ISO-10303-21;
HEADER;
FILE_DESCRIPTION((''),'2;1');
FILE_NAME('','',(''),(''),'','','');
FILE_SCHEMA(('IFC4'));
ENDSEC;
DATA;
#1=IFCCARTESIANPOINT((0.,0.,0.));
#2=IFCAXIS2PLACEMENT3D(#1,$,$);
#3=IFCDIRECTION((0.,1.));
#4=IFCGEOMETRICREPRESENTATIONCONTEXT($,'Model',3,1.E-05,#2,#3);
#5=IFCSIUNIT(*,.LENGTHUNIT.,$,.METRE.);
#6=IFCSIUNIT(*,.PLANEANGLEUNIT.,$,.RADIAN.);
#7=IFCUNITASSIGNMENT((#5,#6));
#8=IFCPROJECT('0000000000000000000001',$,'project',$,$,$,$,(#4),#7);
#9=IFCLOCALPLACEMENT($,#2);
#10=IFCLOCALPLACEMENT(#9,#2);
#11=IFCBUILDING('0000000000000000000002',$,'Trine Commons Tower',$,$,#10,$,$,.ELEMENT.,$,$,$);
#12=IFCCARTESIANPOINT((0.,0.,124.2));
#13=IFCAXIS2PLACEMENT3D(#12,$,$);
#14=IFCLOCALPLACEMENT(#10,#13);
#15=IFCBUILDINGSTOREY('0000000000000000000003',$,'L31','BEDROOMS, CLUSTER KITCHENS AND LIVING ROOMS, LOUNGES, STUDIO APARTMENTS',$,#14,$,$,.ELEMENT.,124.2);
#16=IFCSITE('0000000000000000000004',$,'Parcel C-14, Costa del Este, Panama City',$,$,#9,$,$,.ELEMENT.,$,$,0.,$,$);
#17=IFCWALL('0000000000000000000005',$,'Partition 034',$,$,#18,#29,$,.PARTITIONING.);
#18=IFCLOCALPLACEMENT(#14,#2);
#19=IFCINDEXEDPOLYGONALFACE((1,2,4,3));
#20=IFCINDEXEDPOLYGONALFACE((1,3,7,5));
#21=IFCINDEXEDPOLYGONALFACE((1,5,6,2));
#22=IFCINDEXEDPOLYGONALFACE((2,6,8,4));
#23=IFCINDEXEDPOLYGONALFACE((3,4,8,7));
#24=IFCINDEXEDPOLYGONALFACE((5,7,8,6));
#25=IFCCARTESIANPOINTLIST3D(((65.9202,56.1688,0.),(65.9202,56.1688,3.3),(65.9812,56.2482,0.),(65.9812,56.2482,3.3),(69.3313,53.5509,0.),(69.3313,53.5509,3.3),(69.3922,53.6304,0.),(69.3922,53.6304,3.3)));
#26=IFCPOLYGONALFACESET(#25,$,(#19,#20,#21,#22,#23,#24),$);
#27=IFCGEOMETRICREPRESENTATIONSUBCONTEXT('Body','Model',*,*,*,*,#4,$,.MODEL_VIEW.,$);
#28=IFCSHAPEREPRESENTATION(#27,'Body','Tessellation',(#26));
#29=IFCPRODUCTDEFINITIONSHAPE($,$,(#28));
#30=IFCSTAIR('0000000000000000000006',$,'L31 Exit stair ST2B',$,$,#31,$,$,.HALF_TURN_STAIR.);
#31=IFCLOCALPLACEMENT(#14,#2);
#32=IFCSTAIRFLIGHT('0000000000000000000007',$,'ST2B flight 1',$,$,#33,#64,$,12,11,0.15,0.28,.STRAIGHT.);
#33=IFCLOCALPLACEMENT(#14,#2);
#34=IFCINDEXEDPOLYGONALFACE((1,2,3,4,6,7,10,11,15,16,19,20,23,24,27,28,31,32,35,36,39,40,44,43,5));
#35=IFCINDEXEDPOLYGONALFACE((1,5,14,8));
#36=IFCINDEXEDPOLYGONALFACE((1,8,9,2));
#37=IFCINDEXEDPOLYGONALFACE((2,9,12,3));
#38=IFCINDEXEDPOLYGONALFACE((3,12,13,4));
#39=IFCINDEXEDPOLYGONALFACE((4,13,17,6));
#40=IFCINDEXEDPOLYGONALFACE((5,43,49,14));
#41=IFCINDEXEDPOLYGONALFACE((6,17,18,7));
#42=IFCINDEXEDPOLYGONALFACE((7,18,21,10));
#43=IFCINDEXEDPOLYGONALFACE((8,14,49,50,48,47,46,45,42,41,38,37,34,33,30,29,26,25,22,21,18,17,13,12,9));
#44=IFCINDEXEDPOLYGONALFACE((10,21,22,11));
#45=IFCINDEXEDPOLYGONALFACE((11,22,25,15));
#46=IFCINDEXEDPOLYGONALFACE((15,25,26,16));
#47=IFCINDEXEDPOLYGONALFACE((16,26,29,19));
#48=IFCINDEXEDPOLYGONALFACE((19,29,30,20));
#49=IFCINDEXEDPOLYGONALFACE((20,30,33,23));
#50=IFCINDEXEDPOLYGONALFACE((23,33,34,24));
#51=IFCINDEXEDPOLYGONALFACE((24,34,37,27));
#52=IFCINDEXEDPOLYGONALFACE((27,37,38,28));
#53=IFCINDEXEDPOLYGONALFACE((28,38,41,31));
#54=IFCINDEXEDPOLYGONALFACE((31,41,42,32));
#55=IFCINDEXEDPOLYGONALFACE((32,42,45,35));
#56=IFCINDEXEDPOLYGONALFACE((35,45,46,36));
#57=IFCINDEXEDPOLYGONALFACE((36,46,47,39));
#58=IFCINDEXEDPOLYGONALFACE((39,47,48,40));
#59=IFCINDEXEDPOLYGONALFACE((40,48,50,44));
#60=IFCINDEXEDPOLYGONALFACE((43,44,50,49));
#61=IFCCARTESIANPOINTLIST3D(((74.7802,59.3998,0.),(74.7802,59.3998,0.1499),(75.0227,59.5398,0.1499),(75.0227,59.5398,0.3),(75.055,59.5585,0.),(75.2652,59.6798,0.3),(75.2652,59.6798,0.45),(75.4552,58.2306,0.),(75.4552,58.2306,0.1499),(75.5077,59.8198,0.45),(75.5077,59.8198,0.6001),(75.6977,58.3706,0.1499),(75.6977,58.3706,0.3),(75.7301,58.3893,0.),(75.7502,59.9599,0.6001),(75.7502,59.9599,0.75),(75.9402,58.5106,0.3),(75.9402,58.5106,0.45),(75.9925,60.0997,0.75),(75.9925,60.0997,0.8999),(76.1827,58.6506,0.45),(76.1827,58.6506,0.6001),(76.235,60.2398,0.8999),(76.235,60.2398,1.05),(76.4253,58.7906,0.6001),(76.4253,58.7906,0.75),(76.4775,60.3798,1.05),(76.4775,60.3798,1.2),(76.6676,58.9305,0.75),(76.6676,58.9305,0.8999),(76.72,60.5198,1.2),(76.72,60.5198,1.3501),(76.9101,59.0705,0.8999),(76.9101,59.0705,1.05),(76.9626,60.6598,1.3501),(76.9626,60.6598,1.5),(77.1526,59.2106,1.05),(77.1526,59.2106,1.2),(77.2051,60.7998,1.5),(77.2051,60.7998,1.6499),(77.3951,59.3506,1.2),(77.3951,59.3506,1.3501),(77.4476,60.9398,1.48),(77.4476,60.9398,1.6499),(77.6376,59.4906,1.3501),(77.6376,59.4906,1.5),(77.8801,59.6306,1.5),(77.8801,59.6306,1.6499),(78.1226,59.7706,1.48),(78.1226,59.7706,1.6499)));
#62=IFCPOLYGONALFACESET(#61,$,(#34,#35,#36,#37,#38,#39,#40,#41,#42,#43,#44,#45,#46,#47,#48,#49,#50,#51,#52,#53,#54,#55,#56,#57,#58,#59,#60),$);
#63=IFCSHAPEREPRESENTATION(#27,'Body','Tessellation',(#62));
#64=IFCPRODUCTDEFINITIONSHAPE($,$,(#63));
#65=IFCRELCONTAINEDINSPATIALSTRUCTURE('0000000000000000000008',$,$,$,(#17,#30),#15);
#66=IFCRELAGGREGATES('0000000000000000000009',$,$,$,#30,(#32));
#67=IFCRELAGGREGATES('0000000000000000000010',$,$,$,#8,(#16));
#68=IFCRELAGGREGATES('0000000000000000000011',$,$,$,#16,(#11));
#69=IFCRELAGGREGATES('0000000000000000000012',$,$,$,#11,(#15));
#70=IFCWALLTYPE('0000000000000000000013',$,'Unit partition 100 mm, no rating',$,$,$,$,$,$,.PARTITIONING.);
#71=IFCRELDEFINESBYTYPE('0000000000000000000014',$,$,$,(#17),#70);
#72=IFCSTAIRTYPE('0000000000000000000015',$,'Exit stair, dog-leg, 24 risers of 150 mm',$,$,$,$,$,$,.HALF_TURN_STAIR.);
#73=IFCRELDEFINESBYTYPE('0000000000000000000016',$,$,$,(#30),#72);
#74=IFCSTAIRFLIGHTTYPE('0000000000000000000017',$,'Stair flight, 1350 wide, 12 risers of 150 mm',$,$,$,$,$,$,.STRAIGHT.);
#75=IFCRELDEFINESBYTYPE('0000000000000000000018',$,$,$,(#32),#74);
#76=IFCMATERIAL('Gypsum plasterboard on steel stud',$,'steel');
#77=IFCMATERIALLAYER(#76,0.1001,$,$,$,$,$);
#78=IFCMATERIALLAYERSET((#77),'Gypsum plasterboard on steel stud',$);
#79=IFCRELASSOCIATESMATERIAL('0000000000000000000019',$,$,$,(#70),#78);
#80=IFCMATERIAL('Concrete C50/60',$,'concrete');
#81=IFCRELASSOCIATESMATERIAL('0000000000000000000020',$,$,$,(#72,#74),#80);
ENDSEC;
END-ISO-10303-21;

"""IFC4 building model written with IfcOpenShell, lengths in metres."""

from ifc_helpers import new_model, si_unit, direction, frame, frame_2d, origin, place, context, subcontext, project, spatial, polyline, rectangle, outline, extrude, material, layer, layer_set, type_object, element, aggregate, save


model = new_model("IFC4")

# Units and contexts
model_context = context("Model", 3, precision=1e-05, world=origin(), true_north=direction((0.0, 1.0)))
body_context = subcontext(model_context, "Body", "Model", "MODEL_VIEW")
ifc_project = project(units=[si_unit("LENGTHUNIT", "METRE"), si_unit("PLANEANGLEUNIT", "RADIAN")], contexts=[model_context])

# Site, building, storey
site_placement = place(None, origin())
site = spatial("IfcSite", under=ifc_project, at=site_placement, Name="Parcel C-14, Costa del Este, Panama City", CompositionType="ELEMENT", RefElevation=0.0)
building_placement = place(site_placement, origin())
building = spatial("IfcBuilding", under=site, at=building_placement, Name="Trine Commons Tower", CompositionType="ELEMENT")
storey_placement = place(building_placement, frame((0.0, 0.0, 124.2)))
storey = spatial("IfcBuildingStorey", under=building, at=storey_placement, Name="L31", Description="BEDROOMS, CLUSTER KITCHENS AND LIVING ROOMS, LOUNGES, STUDIO APARTMENTS", CompositionType="ELEMENT", Elevation=124.2)

# Shared definitions
ifc_material_1 = material(Name="Gypsum plasterboard on steel stud", Category="steel")

# Wall
ifc_layer_1 = layer(ifc_material_1, 0.1001)
ifc_layer_set_1 = layer_set([ifc_layer_1], Name="Gypsum plasterboard on steel stud")
wall_type_1 = type_object("IfcWallType", Name="Unit partition 100 mm, no rating", PredefinedType="PARTITIONING", material=ifc_layer_set_1)
wall_1_placement = place(storey_placement, frame((65.9507, 56.2085, 0.0), z_axis=(0.0, 0.0, 1.0), x_axis=(0.793301, -0.60883, 0.0)))
element("IfcWall", 1, at=wall_1_placement, inside=storey, type_object=wall_type_1, Name="Partition 034", PredefinedType="PARTITIONING", context=body_context, shape_type="SweptSolid", body=[
    extrude(rectangle(XDim=4.2998, YDim=0.1001, at=frame_2d((2.1499, 0.0))), origin(), (0.0, 0.0, 1.0), 3.3),
])

# Stair, stair flight
ifc_material_2 = material(Name="Concrete C50/60", Category="concrete")
stair_type = type_object("IfcStairType", Name="Exit stair, dog-leg, 24 risers of 150 mm", PredefinedType="HALF_TURN_STAIR", material=ifc_material_2)
stair_placement = place(storey_placement, origin())
stair = element("IfcStair", 2, at=stair_placement, inside=storey, type_object=stair_type, Name="L31 Exit stair ST2B", PredefinedType="HALF_TURN_STAIR")
stair_flight_type = type_object("IfcStairFlightType", Name="Stair flight, 1350 wide, 12 risers of 150 mm", PredefinedType="STRAIGHT", material=ifc_material_2)
stair_flight_placement = place(storey_placement, frame((75.1177, 58.8152, 0.0), z_axis=(0.0, 0.0, 1.0), x_axis=(0.866025, 0.5, 0.0)))
stair_flight = element("IfcStairFlight", 3, at=stair_flight_placement, type_object=stair_flight_type, Name="ST2B flight 1", NumberOfRisers=12, NumberOfTreads=11, PredefinedType="STRAIGHT", RiserHeight=0.15, TreadLength=0.28, context=body_context, shape_type="SweptSolid", body=[
    extrude(outline(polyline([(0.0, 0.0), (0.0, 0.1499), (0.28, 0.1499), (0.28, 0.3), (0.5601, 0.3), (0.5601, 0.45), (0.8401, 0.45), (0.8401, 0.6001), (1.1201, 0.6001), (1.1201, 0.75), (1.3999, 0.75), (1.3999, 0.8999), (1.6799, 0.8999), (1.6799, 1.05), (1.96, 1.05), (1.96, 1.2), (2.24, 1.2), (2.24, 1.3501), (2.52, 1.3501), (2.52, 1.5), (2.8, 1.5), (2.8, 1.6499), (3.0801, 1.6499), (3.0801, 1.8), (3.0801, 1.48), (0.3174, 0.0), (0.0, 0.0)])), frame((0.0, 0.675, 0.0), z_axis=(0.0, -1.0, 0.0), x_axis=(1.0, 0.0, 0.0)), (0.0, 0.0, 1.0), 1.3501),
])
aggregate(stair, [stair_flight])

save(model, "model.ifc")
